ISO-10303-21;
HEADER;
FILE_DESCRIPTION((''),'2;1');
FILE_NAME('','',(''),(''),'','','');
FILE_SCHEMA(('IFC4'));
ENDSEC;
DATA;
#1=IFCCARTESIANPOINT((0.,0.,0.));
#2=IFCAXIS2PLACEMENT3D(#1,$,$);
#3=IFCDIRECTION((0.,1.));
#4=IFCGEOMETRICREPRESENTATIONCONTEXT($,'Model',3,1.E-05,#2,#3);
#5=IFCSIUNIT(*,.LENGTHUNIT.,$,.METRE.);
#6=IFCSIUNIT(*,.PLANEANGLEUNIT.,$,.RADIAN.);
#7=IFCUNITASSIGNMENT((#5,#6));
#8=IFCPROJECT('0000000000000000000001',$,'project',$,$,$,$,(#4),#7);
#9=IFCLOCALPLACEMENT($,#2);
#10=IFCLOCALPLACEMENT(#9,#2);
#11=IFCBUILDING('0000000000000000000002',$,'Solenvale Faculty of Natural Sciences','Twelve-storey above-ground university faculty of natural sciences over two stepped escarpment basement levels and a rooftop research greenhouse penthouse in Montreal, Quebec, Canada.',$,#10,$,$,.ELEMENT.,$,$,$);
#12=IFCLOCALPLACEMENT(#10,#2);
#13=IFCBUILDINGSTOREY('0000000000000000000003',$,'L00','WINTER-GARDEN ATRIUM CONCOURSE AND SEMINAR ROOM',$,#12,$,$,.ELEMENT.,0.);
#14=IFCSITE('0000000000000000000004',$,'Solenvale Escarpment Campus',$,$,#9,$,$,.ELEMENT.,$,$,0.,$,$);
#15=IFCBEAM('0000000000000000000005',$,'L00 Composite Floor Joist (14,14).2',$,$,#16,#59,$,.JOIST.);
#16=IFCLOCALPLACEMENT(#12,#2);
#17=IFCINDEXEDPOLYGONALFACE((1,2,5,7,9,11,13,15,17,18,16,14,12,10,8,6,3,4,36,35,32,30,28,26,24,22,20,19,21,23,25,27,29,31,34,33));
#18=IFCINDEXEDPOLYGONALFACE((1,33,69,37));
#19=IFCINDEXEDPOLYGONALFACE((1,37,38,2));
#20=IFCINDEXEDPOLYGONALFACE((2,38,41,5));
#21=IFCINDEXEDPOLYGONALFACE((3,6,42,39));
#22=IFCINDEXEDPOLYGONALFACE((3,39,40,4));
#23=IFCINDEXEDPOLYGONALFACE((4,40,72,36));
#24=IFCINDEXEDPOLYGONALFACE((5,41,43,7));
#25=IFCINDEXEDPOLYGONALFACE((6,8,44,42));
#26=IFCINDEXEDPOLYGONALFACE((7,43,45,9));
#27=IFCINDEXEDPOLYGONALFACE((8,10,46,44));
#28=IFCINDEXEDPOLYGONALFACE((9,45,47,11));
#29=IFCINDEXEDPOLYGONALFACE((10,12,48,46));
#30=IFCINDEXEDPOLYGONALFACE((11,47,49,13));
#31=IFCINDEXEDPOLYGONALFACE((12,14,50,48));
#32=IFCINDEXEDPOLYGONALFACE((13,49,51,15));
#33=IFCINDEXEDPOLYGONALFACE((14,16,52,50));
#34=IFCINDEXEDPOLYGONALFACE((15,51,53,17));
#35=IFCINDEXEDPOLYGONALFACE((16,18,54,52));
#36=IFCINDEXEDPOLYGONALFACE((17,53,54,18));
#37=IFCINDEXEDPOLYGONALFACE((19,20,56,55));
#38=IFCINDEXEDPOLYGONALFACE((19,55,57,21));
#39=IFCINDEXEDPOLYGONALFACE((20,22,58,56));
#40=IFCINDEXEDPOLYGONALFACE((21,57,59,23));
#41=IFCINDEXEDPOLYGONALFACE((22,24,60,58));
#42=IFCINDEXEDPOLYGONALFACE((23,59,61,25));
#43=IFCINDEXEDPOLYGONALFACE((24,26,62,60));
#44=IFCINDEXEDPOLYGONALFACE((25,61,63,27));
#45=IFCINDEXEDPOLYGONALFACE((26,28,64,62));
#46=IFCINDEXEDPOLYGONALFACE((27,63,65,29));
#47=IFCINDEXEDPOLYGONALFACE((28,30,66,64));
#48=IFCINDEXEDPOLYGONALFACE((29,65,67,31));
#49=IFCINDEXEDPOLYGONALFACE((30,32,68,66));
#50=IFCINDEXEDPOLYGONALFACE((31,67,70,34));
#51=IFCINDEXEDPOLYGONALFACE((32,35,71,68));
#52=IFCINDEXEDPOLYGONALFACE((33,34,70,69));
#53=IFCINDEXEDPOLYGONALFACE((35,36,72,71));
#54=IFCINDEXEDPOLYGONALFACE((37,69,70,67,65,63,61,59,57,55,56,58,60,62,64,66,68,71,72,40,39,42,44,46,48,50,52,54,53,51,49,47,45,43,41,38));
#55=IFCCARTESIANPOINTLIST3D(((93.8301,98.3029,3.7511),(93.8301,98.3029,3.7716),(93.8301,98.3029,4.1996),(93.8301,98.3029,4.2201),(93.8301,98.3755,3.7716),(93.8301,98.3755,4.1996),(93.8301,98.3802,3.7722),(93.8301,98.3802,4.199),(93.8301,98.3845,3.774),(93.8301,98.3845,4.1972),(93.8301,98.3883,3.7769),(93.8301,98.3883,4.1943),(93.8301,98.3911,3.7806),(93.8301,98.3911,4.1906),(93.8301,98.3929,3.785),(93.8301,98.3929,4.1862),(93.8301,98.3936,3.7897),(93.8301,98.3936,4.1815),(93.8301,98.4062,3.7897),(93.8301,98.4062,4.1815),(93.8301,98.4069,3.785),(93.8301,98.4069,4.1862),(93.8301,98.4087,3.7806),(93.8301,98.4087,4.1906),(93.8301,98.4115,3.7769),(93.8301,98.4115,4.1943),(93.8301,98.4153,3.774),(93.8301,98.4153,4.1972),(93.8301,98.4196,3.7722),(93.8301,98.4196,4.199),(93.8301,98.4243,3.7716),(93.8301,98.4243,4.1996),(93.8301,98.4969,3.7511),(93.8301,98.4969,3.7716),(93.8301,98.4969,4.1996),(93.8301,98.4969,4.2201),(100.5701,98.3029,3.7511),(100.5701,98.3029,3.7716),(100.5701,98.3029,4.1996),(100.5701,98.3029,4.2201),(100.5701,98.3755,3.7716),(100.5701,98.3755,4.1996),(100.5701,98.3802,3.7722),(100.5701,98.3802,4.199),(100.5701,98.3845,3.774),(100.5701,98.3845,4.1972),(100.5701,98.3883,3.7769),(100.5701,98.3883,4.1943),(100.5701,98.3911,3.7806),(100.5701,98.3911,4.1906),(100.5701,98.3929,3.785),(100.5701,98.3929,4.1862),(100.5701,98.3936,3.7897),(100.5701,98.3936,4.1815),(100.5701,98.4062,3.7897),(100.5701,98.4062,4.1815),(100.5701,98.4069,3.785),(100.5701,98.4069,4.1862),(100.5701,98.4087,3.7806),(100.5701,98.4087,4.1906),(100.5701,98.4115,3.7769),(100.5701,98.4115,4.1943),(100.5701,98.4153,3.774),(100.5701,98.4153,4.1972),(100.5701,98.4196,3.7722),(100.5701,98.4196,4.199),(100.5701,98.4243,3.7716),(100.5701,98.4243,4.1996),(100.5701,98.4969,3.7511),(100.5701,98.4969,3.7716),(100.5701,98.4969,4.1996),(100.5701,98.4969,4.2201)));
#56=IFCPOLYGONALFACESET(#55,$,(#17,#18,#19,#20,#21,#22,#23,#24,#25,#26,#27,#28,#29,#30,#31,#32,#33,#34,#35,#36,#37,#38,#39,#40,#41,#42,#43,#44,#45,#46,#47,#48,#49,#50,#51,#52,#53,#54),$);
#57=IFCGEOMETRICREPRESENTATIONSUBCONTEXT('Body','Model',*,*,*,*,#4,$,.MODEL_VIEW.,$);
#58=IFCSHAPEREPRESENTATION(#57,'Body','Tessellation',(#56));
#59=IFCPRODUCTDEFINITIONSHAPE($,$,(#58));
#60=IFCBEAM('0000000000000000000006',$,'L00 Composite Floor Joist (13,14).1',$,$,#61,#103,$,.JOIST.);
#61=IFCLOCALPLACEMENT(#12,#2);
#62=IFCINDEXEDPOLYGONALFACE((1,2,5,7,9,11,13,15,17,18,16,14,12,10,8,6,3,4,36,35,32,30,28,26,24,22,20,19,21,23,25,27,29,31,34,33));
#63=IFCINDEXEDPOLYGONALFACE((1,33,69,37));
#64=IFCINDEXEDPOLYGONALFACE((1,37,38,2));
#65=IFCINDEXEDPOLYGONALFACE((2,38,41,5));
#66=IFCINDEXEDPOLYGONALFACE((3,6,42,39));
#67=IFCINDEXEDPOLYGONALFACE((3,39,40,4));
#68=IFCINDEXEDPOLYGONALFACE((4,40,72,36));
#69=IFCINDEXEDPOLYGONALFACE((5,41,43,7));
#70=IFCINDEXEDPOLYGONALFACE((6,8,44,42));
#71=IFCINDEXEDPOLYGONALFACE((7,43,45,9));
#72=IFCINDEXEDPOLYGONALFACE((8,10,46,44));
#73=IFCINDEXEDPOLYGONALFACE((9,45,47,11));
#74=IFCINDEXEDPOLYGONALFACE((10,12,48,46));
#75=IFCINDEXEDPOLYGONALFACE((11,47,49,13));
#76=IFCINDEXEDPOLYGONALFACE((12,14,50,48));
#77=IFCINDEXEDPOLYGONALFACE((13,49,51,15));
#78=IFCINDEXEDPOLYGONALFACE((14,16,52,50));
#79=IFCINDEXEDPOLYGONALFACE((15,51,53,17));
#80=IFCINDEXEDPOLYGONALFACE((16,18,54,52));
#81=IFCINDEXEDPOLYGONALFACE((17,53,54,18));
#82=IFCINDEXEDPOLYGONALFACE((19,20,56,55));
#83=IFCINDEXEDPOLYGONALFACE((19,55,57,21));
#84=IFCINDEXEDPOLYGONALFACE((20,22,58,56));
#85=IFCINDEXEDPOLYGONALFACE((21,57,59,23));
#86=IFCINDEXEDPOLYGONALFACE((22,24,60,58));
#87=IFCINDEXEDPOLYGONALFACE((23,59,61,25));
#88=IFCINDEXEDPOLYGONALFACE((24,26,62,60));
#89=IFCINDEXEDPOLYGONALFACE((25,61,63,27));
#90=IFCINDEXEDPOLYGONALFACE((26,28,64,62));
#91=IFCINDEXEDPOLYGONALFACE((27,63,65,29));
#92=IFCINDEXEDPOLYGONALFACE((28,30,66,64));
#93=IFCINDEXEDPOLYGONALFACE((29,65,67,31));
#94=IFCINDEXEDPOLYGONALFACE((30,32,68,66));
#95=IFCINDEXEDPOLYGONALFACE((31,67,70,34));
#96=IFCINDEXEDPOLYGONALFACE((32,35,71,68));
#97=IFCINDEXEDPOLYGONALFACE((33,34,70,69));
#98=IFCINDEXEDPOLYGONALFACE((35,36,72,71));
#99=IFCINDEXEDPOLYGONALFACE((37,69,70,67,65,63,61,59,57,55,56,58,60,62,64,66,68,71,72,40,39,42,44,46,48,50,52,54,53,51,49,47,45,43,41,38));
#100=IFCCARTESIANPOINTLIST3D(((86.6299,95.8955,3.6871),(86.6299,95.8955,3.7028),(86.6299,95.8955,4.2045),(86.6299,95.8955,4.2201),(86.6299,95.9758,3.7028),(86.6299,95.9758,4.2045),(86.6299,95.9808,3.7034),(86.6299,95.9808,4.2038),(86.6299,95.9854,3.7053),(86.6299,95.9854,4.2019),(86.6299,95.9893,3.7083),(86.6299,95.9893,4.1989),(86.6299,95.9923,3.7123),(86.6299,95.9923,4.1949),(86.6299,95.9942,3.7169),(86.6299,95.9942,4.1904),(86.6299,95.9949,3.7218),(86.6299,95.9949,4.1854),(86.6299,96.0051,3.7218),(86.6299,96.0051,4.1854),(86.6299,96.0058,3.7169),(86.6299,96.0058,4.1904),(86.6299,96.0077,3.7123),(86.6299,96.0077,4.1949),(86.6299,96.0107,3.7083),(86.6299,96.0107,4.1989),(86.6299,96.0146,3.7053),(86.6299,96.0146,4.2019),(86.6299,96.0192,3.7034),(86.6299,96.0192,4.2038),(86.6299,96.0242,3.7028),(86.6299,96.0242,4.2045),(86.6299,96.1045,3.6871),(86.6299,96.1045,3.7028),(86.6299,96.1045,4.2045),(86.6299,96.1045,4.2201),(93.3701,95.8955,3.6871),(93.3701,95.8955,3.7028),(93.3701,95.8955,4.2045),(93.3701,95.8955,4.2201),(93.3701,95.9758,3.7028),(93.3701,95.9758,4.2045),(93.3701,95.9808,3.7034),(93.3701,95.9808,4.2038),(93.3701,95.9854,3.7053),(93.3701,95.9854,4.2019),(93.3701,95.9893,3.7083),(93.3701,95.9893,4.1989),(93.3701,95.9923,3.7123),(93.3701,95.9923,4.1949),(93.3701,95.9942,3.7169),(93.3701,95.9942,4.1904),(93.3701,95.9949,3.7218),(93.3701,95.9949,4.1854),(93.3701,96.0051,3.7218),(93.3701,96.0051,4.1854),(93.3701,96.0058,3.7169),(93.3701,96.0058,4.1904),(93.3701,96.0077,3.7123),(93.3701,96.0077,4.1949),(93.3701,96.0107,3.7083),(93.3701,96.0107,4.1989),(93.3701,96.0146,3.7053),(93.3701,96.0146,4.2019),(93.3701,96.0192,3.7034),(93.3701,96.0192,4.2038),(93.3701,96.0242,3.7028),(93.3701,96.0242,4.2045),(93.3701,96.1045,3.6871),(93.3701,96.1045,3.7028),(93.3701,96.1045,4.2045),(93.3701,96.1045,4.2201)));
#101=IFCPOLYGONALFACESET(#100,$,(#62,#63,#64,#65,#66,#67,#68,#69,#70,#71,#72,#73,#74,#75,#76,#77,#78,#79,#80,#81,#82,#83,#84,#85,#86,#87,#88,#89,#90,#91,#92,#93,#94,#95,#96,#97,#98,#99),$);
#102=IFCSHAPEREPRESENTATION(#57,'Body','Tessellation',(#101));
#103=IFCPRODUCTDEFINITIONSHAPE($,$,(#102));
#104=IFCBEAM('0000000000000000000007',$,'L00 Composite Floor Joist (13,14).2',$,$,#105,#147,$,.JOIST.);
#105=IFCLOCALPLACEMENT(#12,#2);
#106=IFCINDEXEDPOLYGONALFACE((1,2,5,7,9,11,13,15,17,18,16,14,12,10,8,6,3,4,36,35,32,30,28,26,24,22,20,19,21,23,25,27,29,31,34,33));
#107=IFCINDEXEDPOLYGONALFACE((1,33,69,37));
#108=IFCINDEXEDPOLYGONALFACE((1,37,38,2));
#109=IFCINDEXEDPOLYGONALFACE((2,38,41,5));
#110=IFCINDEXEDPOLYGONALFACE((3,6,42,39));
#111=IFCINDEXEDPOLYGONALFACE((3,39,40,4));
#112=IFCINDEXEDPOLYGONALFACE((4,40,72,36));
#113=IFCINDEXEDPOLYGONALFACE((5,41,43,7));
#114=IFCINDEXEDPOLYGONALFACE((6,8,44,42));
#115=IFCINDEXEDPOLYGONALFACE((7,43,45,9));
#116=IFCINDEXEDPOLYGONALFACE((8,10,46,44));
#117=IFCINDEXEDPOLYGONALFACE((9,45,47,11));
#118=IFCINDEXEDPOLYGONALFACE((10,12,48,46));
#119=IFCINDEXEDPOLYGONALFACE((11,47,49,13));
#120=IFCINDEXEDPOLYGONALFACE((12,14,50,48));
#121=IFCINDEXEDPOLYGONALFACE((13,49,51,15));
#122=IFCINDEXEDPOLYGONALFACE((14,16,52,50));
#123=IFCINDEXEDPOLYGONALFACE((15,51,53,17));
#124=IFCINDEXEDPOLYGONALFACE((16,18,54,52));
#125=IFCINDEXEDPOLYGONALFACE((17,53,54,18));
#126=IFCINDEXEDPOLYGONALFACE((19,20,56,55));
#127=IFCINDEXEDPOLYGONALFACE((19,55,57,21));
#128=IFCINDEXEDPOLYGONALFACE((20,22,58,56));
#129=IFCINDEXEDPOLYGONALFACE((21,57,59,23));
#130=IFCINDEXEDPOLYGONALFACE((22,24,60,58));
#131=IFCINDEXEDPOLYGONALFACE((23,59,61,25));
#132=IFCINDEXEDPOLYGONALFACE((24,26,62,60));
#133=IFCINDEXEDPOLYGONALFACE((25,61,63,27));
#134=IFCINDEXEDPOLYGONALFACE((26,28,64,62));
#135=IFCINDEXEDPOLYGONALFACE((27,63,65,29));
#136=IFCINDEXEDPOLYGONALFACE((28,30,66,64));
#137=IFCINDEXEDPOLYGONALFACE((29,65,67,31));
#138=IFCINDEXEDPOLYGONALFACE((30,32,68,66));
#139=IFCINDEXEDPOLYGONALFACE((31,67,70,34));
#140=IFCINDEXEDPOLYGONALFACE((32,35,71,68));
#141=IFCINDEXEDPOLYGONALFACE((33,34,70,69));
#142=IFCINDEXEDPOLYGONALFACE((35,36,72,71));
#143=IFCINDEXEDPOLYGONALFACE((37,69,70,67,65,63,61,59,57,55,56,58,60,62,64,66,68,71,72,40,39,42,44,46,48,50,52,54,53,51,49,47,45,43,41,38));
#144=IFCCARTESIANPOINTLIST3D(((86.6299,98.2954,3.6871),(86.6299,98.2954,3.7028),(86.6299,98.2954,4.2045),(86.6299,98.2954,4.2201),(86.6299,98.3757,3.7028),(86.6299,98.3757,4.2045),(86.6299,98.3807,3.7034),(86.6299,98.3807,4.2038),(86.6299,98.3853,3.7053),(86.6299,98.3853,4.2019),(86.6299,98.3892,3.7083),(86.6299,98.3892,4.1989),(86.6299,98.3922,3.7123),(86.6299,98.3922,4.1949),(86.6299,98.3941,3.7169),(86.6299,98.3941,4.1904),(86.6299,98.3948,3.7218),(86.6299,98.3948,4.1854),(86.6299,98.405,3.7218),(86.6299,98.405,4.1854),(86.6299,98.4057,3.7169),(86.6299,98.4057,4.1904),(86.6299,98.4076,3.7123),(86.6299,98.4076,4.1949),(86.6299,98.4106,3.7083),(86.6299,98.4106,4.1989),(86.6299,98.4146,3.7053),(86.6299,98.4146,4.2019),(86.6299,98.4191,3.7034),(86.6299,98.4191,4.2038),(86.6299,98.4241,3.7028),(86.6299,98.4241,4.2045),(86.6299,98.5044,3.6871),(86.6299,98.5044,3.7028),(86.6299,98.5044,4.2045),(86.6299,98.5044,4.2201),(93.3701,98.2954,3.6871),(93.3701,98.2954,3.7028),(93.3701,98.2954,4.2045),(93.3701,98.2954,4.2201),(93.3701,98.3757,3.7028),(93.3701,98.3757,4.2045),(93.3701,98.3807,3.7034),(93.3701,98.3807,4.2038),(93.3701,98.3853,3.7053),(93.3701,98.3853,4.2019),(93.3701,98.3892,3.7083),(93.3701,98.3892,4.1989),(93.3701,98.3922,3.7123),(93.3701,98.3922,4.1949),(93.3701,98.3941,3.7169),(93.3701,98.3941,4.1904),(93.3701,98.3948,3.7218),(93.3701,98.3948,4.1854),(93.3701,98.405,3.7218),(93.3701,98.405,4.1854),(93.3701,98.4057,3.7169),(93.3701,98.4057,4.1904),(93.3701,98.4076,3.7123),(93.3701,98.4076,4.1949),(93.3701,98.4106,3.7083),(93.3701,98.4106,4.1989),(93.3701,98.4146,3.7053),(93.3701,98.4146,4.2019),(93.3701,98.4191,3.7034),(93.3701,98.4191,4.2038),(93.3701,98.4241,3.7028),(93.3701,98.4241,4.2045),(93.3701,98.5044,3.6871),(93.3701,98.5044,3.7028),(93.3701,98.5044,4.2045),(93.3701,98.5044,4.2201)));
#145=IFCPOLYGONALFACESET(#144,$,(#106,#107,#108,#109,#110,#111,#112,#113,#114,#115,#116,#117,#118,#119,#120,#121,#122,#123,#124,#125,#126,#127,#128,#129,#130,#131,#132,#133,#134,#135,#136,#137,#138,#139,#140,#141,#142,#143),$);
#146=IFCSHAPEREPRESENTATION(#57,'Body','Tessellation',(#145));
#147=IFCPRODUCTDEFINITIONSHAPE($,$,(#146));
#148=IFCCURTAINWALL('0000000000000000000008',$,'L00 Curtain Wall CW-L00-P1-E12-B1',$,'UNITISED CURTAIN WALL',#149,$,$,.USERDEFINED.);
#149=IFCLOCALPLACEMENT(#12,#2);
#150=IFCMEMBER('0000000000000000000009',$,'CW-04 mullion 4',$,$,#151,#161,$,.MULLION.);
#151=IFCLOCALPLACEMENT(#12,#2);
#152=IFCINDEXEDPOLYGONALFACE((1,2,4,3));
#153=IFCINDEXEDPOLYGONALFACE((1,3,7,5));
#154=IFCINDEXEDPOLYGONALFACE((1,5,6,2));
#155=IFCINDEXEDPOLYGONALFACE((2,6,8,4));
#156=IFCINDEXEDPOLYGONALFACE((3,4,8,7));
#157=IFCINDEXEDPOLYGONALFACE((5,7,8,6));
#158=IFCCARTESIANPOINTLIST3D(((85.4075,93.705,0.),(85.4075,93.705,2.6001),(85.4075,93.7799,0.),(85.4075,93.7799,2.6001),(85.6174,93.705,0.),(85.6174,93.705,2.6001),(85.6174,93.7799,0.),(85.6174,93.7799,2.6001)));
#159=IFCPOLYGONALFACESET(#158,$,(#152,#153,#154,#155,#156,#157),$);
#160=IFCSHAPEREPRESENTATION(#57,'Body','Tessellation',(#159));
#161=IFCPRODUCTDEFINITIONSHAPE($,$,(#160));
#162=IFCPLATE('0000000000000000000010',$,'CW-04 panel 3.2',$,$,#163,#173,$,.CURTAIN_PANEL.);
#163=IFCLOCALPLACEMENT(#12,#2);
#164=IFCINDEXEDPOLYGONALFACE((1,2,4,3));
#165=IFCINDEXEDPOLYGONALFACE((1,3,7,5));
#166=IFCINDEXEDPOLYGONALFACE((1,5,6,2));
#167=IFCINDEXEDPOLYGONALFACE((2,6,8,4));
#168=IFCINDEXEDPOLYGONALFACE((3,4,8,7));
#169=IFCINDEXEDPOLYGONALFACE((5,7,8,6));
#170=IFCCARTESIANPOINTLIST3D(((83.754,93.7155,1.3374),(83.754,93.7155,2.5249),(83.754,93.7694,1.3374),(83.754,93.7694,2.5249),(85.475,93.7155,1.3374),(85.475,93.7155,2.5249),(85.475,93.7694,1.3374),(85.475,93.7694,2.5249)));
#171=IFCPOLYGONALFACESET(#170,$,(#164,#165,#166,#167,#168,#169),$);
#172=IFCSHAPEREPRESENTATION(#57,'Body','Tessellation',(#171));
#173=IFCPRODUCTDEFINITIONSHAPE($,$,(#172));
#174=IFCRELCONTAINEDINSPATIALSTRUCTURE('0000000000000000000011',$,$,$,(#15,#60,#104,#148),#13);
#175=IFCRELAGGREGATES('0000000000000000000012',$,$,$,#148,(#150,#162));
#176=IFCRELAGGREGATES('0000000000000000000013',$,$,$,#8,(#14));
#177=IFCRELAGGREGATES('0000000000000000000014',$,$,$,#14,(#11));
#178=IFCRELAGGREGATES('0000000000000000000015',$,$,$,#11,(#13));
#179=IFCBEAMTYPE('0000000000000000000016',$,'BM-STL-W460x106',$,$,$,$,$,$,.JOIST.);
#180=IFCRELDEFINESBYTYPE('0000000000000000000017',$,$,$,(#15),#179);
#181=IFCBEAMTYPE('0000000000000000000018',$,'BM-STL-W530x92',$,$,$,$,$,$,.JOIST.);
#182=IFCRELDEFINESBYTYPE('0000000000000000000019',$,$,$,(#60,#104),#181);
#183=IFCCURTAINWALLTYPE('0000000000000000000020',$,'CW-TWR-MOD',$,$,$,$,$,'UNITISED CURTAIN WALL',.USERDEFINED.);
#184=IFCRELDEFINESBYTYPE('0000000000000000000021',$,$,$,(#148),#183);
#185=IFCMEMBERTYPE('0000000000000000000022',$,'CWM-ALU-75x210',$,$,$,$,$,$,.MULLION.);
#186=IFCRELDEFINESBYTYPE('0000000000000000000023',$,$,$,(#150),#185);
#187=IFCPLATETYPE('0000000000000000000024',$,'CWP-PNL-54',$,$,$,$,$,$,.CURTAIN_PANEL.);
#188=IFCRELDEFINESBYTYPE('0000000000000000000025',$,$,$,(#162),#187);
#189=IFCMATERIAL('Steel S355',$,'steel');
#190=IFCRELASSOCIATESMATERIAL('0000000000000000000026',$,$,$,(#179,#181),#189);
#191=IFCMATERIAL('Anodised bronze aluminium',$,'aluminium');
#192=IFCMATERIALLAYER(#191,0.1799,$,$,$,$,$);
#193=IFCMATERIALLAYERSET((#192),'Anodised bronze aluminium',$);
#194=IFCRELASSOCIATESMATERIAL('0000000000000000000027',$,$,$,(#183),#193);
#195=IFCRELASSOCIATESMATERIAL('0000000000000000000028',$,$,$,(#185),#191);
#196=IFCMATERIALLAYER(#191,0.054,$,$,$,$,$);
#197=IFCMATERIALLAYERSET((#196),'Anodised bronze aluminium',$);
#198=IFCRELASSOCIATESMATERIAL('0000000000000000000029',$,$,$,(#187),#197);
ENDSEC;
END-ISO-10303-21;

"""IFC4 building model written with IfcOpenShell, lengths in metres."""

from ifc_helpers import new_model, si_unit, direction, frame, origin, origin_2d, place, context, subcontext, project, spatial, rectangle, i_section, extrude, material, layer, layer_set, material_profile, profile_set, type_object, element, aggregate, save


model = new_model("IFC4")

# Units and contexts
model_context = context("Model", 3, precision=1e-05, world=origin(), true_north=direction((0.0, 1.0)))
body_context = subcontext(model_context, "Body", "Model", "MODEL_VIEW")
ifc_project = project(units=[si_unit("LENGTHUNIT", "METRE"), si_unit("PLANEANGLEUNIT", "RADIAN")], contexts=[model_context])

# Site, building, storey
site_placement = place(None, origin())
site = spatial("IfcSite", under=ifc_project, at=site_placement, Name="Solenvale Escarpment Campus", CompositionType="ELEMENT", RefElevation=0.0)
building_placement = place(site_placement, origin())
building = spatial("IfcBuilding", under=site, at=building_placement, Name="Solenvale Faculty of Natural Sciences", Description="Twelve-storey above-ground university faculty of natural sciences over two stepped escarpment basement levels and a rooftop research greenhouse penthouse in Montreal, Quebec, Canada.", CompositionType="ELEMENT")
storey_placement = place(building_placement, origin())
storey = spatial("IfcBuildingStorey", under=building, at=storey_placement, Name="L00", Description="WINTER-GARDEN ATRIUM CONCOURSE AND SEMINAR ROOM", CompositionType="ELEMENT", Elevation=0.0)

# Beams
ifc_material_1 = material(Name="Steel S355", Category="steel")
ifc_material_profile_1 = material_profile(ifc_material_1, i_section(OverallWidth=0.1941, OverallDepth=0.469, WebThickness=0.0127, FlangeThickness=0.0205, FilletRadius=0.0181, at=origin_2d()), Name="W460x106")
ifc_profile_set_1 = profile_set([ifc_material_profile_1], Name="Steel S355")
beam_type_1 = type_object("IfcBeamType", Name="BM-STL-W460x106", PredefinedType="JOIST", material=ifc_profile_set_1)
for number, where, z_axis, x_axis, name in (
    (1, (93.8301, 98.3999, 3.9856), (1.0, 0.0, 0.0), (0.0, 1.0, 0.0), "L00 Composite Floor Joist (14,14).2"),
):
    element("IfcBeam", number, at=place(storey_placement, frame(where, z_axis=z_axis, x_axis=x_axis)), inside=storey, type_object=beam_type_1, Name=name, PredefinedType="JOIST", context=body_context, shape_type="SweptSolid", body=[
        extrude(i_section(OverallWidth=0.1941, OverallDepth=0.469, WebThickness=0.0127, FlangeThickness=0.0205, FilletRadius=0.0181, at=origin_2d()), origin(), (0.0, 0.0, 1.0), 6.74),
    ])
ifc_material_profile_2 = material_profile(ifc_material_1, i_section(OverallWidth=0.209, OverallDepth=0.533, WebThickness=0.0103, FlangeThickness=0.0156, FilletRadius=0.019, at=origin_2d()), Name="W530x92")
ifc_profile_set_2 = profile_set([ifc_material_profile_2], Name="Steel S355")
beam_type_2 = type_object("IfcBeamType", Name="BM-STL-W530x92", PredefinedType="JOIST", material=ifc_profile_set_2)
for number, where, z_axis, x_axis, name in (
    (2, (86.6299, 96.0, 3.9536), (1.0, 0.0, 0.0), (0.0, 1.0, 0.0), "L00 Composite Floor Joist (13,14).1"),
    (3, (86.6299, 98.3999, 3.9536), (1.0, 0.0, 0.0), (0.0, 1.0, 0.0), "L00 Composite Floor Joist (13,14).2"),
):
    element("IfcBeam", number, at=place(storey_placement, frame(where, z_axis=z_axis, x_axis=x_axis)), inside=storey, type_object=beam_type_2, Name=name, PredefinedType="JOIST", context=body_context, shape_type="SweptSolid", body=[
        extrude(i_section(OverallWidth=0.209, OverallDepth=0.533, WebThickness=0.0103, FlangeThickness=0.0156, FilletRadius=0.019, at=origin_2d()), origin(), (0.0, 0.0, 1.0), 6.7402),
    ])

# Curtain wall, member, plate
ifc_material_2 = material(Name="Anodised bronze aluminium", Category="aluminium")
ifc_layer_1 = layer(ifc_material_2, 0.1799)
ifc_layer_set_1 = layer_set([ifc_layer_1], Name="Anodised bronze aluminium")
curtain_wall_type = type_object("IfcCurtainWallType", Name="CW-TWR-MOD", ElementType="UNITISED CURTAIN WALL", PredefinedType="USERDEFINED", material=ifc_layer_set_1)
curtain_wall_placement = place(storey_placement, origin())
curtain_wall = element("IfcCurtainWall", 4, at=curtain_wall_placement, inside=storey, type_object=curtain_wall_type, Name="L00 Curtain Wall CW-L00-P1-E12-B1", ObjectType="UNITISED CURTAIN WALL", PredefinedType="USERDEFINED")
ifc_material_profile_3 = material_profile(ifc_material_2, rectangle(XDim=0.075, YDim=0.21, at=origin_2d()), Name="ALU-MUL-75x210")
ifc_profile_set_3 = profile_set([ifc_material_profile_3], Name="Anodised bronze aluminium")
member_type = type_object("IfcMemberType", Name="CWM-ALU-75x210", PredefinedType="MULLION", material=ifc_profile_set_3)
member_placement = place(storey_placement, frame((85.5125, 93.7424, 0.0), z_axis=(0.0, 0.0, 1.0), x_axis=(0.0, 1.0, 0.0)))
member = element("IfcMember", 5, at=member_placement, type_object=member_type, Name="CW-04 mullion 4", PredefinedType="MULLION", context=body_context, shape_type="SweptSolid", body=[
    extrude(rectangle(XDim=0.075, YDim=0.21, at=origin_2d()), origin(), (0.0, 0.0, 1.0), 2.6001),
])
ifc_layer_2 = layer(ifc_material_2, 0.054)
ifc_layer_set_2 = layer_set([ifc_layer_2], Name="Anodised bronze aluminium")
plate_type = type_object("IfcPlateType", Name="CWP-PNL-54", PredefinedType="CURTAIN_PANEL", material=ifc_layer_set_2)
plate_placement = place(storey_placement, frame((84.6145, 93.7424, 1.3374), z_axis=(0.0, 0.0, 1.0), x_axis=(1.0, 0.0, 0.0)))
plate = element("IfcPlate", 6, at=plate_placement, type_object=plate_type, Name="CW-04 panel 3.2", PredefinedType="CURTAIN_PANEL", context=body_context, shape_type="SweptSolid", body=[
    extrude(rectangle(XDim=1.7209, YDim=0.054, at=origin_2d()), origin(), (0.0, 0.0, 1.0), 1.1875),
])
aggregate(curtain_wall, [member, plate])

save(model, "model.ifc")
